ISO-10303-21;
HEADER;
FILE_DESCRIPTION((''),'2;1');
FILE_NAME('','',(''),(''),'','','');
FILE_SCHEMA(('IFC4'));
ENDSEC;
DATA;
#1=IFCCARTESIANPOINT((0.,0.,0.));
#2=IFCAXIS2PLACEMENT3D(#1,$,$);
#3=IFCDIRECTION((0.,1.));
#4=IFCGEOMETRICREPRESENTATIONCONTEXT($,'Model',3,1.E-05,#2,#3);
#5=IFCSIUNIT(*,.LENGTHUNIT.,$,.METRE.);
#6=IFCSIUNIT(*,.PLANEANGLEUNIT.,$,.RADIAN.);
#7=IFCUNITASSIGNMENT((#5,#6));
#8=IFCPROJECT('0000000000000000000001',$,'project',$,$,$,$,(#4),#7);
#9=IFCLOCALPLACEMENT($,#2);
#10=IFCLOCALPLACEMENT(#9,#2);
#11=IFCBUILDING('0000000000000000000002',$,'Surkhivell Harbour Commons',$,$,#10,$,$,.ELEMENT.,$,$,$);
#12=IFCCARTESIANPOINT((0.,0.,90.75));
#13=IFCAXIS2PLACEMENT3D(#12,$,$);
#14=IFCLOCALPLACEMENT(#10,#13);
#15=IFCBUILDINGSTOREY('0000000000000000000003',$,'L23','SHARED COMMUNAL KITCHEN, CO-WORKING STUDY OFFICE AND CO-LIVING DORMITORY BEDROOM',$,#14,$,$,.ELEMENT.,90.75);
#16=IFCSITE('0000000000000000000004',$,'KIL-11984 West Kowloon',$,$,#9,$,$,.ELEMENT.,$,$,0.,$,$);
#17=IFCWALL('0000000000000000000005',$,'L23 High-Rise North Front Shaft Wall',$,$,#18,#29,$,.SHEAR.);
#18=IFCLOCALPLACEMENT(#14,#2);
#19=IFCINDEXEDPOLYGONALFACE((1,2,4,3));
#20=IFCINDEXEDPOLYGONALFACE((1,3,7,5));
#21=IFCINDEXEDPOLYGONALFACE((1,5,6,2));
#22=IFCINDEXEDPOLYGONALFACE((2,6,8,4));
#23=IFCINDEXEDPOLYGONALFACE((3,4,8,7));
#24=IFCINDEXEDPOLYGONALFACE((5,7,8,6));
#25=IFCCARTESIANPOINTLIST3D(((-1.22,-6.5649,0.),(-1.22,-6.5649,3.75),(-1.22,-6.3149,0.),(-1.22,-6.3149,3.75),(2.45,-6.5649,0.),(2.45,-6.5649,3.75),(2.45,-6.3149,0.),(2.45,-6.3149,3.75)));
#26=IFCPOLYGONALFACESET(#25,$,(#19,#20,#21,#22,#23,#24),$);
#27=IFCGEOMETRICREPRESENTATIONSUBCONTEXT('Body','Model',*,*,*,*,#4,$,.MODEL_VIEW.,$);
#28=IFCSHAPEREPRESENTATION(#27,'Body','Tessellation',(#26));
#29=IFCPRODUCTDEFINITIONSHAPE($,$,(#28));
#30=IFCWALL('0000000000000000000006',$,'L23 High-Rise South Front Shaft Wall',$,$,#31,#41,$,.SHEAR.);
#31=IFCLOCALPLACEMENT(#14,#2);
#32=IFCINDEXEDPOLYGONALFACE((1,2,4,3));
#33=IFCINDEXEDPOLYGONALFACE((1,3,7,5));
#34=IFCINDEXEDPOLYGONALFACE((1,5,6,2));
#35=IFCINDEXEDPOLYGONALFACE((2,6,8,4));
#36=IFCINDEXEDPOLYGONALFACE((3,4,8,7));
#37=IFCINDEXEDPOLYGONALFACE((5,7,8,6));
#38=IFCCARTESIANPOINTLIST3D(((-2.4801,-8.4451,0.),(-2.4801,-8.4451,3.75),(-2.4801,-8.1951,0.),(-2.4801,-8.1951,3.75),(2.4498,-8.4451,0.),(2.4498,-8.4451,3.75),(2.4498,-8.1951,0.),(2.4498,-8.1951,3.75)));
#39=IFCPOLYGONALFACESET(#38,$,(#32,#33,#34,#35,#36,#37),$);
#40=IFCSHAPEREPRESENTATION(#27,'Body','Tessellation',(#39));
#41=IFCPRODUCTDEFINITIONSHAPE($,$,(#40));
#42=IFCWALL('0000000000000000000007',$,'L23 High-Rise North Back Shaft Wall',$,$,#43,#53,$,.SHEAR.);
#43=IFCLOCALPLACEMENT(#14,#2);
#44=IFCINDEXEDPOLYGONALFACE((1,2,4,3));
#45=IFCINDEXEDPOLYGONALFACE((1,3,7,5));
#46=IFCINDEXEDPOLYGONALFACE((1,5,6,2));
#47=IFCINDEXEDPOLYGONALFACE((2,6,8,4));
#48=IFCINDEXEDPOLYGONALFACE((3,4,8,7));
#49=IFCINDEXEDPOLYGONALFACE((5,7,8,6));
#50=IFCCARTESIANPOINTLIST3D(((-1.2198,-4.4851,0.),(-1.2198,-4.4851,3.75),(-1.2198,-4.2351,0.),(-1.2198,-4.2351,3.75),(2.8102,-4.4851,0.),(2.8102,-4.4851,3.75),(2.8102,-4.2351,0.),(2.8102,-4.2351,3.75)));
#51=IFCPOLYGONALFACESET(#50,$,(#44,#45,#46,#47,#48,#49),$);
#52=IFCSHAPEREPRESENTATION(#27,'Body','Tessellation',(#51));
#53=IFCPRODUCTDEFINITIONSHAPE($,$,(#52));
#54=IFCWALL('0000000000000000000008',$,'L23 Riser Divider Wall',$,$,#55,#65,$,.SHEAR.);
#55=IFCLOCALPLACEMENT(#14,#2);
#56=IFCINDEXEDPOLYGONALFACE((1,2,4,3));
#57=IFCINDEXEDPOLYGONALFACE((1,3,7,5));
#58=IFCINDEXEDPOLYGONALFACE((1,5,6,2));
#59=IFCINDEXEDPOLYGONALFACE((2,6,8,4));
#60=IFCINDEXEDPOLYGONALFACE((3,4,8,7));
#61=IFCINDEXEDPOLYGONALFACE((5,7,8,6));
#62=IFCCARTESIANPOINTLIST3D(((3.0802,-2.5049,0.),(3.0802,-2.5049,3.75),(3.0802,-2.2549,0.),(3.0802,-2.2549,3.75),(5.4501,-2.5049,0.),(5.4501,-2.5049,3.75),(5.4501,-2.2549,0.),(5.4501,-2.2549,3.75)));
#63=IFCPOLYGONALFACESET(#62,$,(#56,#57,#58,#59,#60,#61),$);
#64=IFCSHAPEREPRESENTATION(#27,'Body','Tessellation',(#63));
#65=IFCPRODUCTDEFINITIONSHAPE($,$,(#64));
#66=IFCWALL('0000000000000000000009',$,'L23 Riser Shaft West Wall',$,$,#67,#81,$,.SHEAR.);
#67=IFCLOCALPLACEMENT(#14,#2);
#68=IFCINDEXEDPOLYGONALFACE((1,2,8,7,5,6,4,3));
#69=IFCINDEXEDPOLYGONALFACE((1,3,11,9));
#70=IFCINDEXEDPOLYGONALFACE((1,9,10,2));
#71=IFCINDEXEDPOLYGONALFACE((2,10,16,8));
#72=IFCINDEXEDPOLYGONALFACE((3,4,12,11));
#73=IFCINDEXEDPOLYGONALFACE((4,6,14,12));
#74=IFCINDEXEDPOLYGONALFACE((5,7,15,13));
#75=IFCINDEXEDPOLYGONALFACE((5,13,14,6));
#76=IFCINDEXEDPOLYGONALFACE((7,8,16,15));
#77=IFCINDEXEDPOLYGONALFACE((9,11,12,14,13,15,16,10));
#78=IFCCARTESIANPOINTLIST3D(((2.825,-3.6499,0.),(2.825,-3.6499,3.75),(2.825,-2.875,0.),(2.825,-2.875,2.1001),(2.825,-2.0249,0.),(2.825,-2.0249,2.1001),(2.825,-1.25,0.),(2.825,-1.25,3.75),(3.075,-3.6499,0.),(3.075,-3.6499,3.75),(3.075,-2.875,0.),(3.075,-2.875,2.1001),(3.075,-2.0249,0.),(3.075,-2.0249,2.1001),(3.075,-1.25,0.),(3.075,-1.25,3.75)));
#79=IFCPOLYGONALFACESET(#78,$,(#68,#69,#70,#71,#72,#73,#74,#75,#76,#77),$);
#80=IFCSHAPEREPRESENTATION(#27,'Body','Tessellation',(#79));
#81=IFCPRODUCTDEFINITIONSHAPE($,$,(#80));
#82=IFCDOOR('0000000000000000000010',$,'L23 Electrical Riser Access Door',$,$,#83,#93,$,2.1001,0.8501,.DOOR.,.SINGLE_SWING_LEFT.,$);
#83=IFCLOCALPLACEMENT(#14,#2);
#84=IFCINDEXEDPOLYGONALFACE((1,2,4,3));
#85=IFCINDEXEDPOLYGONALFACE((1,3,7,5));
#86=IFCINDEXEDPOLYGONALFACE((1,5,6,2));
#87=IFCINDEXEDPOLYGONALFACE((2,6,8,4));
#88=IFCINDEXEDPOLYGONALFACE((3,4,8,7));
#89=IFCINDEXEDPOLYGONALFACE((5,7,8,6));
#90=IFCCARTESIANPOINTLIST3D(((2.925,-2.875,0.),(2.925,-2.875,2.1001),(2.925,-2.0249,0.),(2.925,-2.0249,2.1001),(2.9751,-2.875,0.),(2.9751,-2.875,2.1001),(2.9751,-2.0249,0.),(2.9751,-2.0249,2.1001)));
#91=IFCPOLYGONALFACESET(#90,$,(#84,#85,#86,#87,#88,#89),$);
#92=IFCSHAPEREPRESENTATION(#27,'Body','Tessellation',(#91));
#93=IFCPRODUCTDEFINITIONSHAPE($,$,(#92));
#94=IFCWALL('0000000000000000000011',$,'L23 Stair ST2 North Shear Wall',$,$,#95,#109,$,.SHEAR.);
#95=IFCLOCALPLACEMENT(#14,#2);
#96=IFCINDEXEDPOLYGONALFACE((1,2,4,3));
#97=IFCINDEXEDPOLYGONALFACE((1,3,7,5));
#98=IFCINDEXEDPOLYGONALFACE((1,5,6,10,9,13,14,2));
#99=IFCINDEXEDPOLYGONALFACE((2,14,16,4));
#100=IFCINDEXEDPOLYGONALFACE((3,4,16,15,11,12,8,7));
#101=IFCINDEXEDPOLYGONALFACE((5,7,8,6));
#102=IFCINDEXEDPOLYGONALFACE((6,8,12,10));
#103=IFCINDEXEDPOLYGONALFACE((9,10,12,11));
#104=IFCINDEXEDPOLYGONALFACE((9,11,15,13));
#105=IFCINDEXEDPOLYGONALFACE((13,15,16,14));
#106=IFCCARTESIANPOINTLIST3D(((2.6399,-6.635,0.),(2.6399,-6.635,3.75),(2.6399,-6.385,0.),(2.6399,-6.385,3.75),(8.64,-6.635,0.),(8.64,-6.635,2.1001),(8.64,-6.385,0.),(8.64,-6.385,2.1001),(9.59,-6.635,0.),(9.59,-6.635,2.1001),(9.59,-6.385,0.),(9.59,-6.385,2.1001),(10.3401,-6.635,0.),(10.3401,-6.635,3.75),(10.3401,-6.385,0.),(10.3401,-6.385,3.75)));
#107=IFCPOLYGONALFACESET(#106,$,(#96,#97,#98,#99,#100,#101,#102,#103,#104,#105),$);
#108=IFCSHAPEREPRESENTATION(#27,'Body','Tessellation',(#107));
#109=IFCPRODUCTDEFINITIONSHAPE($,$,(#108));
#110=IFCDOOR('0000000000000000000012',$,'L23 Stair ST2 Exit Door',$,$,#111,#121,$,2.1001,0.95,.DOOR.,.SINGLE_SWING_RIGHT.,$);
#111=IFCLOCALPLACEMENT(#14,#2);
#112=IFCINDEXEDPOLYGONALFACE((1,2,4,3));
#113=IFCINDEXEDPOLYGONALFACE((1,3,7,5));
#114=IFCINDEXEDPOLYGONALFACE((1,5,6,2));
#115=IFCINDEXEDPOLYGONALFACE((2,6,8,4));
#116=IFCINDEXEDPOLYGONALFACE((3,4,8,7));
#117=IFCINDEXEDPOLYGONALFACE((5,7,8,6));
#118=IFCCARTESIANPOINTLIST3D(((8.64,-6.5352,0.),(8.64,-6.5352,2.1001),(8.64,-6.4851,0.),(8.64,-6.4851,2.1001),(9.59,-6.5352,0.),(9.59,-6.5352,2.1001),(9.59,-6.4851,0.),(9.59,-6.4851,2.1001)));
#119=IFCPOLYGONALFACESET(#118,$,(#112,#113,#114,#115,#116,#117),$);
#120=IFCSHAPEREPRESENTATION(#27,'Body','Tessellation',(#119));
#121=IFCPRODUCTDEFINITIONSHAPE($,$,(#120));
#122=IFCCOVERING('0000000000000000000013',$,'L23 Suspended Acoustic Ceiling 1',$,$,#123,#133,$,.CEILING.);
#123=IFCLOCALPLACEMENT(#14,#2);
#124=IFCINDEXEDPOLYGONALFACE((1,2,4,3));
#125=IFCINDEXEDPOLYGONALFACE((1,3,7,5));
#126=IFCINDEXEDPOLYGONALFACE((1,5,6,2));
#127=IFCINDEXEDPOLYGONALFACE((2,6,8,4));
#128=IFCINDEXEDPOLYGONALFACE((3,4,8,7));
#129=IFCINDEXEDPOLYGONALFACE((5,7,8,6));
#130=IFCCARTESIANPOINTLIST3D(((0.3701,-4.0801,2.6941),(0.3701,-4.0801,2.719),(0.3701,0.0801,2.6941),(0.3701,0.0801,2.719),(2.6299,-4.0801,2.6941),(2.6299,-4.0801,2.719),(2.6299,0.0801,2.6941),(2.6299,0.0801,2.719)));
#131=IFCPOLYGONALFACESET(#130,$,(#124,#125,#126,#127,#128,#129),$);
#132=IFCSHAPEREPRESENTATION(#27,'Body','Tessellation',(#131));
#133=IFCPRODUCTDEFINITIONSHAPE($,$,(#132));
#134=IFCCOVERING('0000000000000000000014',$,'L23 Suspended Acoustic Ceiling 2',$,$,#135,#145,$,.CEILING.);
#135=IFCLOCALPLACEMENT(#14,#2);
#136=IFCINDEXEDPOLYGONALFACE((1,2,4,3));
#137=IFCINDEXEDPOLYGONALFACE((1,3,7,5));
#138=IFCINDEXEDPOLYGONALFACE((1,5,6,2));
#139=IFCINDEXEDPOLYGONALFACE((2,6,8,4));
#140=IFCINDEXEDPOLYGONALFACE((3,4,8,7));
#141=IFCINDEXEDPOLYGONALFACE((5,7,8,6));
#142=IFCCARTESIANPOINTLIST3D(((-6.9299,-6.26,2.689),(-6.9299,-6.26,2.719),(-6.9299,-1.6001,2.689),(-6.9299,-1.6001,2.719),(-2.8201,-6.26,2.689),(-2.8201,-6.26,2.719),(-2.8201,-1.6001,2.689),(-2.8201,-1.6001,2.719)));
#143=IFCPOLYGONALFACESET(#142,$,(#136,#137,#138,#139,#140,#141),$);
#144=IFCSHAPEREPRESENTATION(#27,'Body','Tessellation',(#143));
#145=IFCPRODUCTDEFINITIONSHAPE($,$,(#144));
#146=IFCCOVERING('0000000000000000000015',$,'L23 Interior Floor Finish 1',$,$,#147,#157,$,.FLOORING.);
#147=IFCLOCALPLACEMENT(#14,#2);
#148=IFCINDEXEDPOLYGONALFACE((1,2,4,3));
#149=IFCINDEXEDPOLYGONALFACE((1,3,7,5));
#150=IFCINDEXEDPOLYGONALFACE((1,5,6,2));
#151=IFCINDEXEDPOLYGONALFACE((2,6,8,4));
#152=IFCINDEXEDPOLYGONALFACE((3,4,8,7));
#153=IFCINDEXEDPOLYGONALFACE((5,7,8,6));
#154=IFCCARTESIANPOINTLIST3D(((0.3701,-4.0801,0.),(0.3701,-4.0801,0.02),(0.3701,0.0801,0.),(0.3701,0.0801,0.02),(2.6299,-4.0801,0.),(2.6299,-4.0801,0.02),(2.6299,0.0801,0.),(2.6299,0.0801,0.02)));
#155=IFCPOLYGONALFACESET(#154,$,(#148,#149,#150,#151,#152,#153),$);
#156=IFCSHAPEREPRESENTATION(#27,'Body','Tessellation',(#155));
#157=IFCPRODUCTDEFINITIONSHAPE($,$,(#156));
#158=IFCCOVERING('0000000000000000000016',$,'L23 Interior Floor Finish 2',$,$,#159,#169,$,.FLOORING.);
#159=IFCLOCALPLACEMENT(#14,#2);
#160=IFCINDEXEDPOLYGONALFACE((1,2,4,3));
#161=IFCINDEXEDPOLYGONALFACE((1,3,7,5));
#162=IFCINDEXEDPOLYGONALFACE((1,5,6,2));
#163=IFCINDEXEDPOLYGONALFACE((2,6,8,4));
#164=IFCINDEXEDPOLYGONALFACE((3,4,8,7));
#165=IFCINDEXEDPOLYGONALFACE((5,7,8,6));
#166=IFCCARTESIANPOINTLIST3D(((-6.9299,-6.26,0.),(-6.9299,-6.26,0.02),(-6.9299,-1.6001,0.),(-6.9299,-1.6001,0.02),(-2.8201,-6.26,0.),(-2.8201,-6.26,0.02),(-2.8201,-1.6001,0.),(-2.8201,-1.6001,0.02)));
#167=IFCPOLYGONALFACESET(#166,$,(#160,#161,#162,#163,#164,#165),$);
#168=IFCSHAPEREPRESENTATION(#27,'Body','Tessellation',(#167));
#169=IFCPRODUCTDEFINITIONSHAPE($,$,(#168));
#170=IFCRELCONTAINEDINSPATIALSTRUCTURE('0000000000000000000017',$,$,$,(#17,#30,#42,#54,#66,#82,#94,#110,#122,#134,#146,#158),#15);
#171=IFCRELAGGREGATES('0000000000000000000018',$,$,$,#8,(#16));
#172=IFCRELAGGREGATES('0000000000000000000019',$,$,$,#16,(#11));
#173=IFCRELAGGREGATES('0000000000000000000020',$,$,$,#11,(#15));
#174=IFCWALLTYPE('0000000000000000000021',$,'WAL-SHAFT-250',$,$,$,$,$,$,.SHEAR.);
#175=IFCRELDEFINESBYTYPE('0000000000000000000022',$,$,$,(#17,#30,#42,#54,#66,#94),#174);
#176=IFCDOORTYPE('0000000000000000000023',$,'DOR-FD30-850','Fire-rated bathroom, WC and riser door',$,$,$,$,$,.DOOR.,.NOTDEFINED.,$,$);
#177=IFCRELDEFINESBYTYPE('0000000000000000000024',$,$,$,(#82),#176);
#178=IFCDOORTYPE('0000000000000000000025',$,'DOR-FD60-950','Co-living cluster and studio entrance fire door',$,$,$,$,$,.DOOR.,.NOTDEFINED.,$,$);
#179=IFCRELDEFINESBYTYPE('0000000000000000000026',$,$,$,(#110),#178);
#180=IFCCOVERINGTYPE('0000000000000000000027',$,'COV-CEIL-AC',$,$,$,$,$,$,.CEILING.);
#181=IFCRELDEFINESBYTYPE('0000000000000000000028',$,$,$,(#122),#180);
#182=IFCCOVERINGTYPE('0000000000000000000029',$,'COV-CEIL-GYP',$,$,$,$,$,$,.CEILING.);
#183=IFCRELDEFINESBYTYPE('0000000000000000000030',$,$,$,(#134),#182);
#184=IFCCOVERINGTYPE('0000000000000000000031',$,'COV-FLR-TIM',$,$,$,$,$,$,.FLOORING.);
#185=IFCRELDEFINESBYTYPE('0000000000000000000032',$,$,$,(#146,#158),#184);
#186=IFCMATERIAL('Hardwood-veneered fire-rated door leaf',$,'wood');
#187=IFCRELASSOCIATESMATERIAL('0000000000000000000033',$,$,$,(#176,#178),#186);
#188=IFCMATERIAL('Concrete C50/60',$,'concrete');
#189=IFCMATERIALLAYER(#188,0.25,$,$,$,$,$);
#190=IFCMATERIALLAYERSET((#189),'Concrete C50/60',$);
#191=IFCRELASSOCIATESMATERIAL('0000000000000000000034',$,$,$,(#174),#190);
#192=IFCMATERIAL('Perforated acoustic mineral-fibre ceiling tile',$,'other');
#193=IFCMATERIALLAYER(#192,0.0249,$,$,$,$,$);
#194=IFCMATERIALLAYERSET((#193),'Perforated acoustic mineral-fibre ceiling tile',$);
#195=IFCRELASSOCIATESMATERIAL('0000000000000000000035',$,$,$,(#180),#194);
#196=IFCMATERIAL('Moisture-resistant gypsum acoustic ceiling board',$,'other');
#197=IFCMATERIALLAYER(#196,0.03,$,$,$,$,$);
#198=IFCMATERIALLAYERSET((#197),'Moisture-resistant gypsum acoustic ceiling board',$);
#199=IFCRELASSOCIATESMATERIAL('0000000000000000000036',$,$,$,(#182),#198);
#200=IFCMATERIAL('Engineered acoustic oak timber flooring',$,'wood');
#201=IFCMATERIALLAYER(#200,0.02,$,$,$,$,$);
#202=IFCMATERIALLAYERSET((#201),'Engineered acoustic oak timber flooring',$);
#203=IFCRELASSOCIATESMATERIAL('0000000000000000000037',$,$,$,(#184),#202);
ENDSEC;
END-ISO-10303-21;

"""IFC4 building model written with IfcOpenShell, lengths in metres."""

from ifc_helpers import new_model, si_unit, direction, frame, frame_2d, origin, place, context, subcontext, project, spatial, polyline, rectangle, outline, extrude, material, layer, layer_set, type_object, element, fill, save


model = new_model("IFC4")

# Units and contexts
model_context = context("Model", 3, precision=1e-05, world=origin(), true_north=direction((0.0, 1.0)))
body_context = subcontext(model_context, "Body", "Model", "MODEL_VIEW")
ifc_project = project(units=[si_unit("LENGTHUNIT", "METRE"), si_unit("PLANEANGLEUNIT", "RADIAN")], contexts=[model_context])

# Site, building, storey
site_placement = place(None, origin())
site = spatial("IfcSite", under=ifc_project, at=site_placement, Name="KIL-11984 West Kowloon", CompositionType="ELEMENT", RefElevation=0.0)
building_placement = place(site_placement, origin())
building = spatial("IfcBuilding", under=site, at=building_placement, Name="Surkhivell Harbour Commons", CompositionType="ELEMENT")
storey_placement = place(building_placement, frame((0.0, 0.0, 90.75)))
storey = spatial("IfcBuildingStorey", under=building, at=storey_placement, Name="L23", Description="SHARED COMMUNAL KITCHEN, CO-WORKING STUDY OFFICE AND CO-LIVING DORMITORY BEDROOM", CompositionType="ELEMENT", Elevation=90.75)

# Shared definitions
ifc_material_1 = material(Name="Hardwood-veneered fire-rated door leaf", Category="wood")
door_type_1 = type_object("IfcDoorType", Name="DOR-FD30-850", Description="Fire-rated bathroom, WC and riser door", OperationType="NOTDEFINED", PredefinedType="DOOR", material=ifc_material_1)

# Walls
ifc_material_2 = material(Name="Concrete C50/60", Category="concrete")
ifc_layer_1 = layer(ifc_material_2, 0.25)
ifc_layer_set_1 = layer_set([ifc_layer_1], Name="Concrete C50/60")
wall_type_1 = type_object("IfcWallType", Name="WAL-SHAFT-250", PredefinedType="SHEAR", material=ifc_layer_set_1)
wall_1_placement = place(storey_placement, frame((-1.22, -6.4399, 0.0), z_axis=(0.0, 0.0, 1.0), x_axis=(1.0, 0.0, 0.0)))
element("IfcWall", 1, at=wall_1_placement, inside=storey, type_object=wall_type_1, Name="L23 High-Rise North Front Shaft Wall", PredefinedType="SHEAR", context=body_context, shape_type="SweptSolid", body=[
    extrude(rectangle(XDim=3.6699, YDim=0.25, at=frame_2d((1.835, 0.0))), origin(), (0.0, 0.0, 1.0), 3.75),
])
wall_2_placement = place(storey_placement, frame((-2.48, -8.3201, 0.0), z_axis=(0.0, 0.0, 1.0), x_axis=(1.0, 0.0, 0.0)))
element("IfcWall", 2, at=wall_2_placement, inside=storey, type_object=wall_type_1, Name="L23 High-Rise South Front Shaft Wall", PredefinedType="SHEAR", context=body_context, shape_type="SweptSolid", body=[
    extrude(rectangle(XDim=4.9299, YDim=0.25, at=frame_2d((2.4648, 0.0))), origin(), (0.0, 0.0, 1.0), 3.75),
])
wall_3_placement = place(storey_placement, frame((-1.22, -4.3601, 0.0), z_axis=(0.0, 0.0, 1.0), x_axis=(1.0, 0.0, 0.0)))
element("IfcWall", 3, at=wall_3_placement, inside=storey, type_object=wall_type_1, Name="L23 High-Rise North Back Shaft Wall", PredefinedType="SHEAR", context=body_context, shape_type="SweptSolid", body=[
    extrude(rectangle(XDim=4.03, YDim=0.25, at=frame_2d((2.0151, 0.0))), origin(), (0.0, 0.0, 1.0), 3.75),
])
wall_4_placement = place(storey_placement, frame((3.0801, -2.3799, 0.0), z_axis=(0.0, 0.0, 1.0), x_axis=(1.0, 0.0, 0.0)))
element("IfcWall", 4, at=wall_4_placement, inside=storey, type_object=wall_type_1, Name="L23 Riser Divider Wall", PredefinedType="SHEAR", context=body_context, shape_type="SweptSolid", body=[
    extrude(rectangle(XDim=2.3699, YDim=0.25, at=frame_2d((1.1851, 0.0))), origin(), (0.0, 0.0, 1.0), 3.75),
])

# Walls, openings, doors
wall_5_placement = place(storey_placement, frame((2.95, -3.6499, 0.0), z_axis=(0.0, 0.0, 1.0), x_axis=(0.0, 1.0, 0.0)))
wall_5 = element("IfcWall", 5, at=wall_5_placement, inside=storey, type_object=wall_type_1, Name="L23 Riser Shaft West Wall", PredefinedType="SHEAR", context=body_context, shape_type="SweptSolid", body=[
    extrude(rectangle(XDim=2.3999, YDim=0.25, at=frame_2d((1.2, 0.0))), origin(), (0.0, 0.0, 1.0), 3.75),
])
opening_1_placement = place(wall_5_placement, frame((0.7749, 0.0, 0.0)))
opening_1 = element("IfcOpeningElement", 6, at=opening_1_placement, cuts=wall_5, PredefinedType="OPENING", context=body_context, shape_type="SweptSolid", body=[
    extrude(rectangle(XDim=0.8501, YDim=2.1001, at=frame_2d((0.425, 1.05))), frame((0.0, 0.135, 0.0), z_axis=(0.0, -1.0, 0.0), x_axis=(1.0, 0.0, 0.0)), (0.0, 0.0, 1.0), 0.27),
])
door_1_placement = place(opening_1_placement, origin())
door_1 = element("IfcDoor", 7, at=door_1_placement, inside=storey, type_object=door_type_1, Name="L23 Electrical Riser Access Door", OperationType="SINGLE_SWING_LEFT", OverallHeight=2.1001, OverallWidth=0.8501, PredefinedType="DOOR", context=body_context, shape_type="SweptSolid", body=[
    extrude(rectangle(XDim=0.8501, YDim=2.1001, at=frame_2d((0.425, 1.05))), frame((0.0, 0.0249, 0.0), z_axis=(0.0, -1.0, 0.0), x_axis=(1.0, 0.0, 0.0)), (0.0, 0.0, 1.0), 0.05),
])
fill(opening_1, door_1)
wall_6_placement = place(storey_placement, frame((2.6399, -6.51, 0.0), z_axis=(0.0, 0.0, 1.0), x_axis=(1.0, 0.0, 0.0)))
wall_6 = element("IfcWall", 8, at=wall_6_placement, inside=storey, type_object=wall_type_1, Name="L23 Stair ST2 North Shear Wall", PredefinedType="SHEAR", context=body_context, shape_type="SweptSolid", body=[
    extrude(rectangle(XDim=7.7002, YDim=0.25, at=frame_2d((3.8501, 0.0))), origin(), (0.0, 0.0, 1.0), 3.75),
])
opening_2_placement = place(wall_6_placement, frame((6.0, 0.0, 0.0)))
opening_2 = element("IfcOpeningElement", 9, at=opening_2_placement, cuts=wall_6, PredefinedType="OPENING", context=body_context, shape_type="SweptSolid", body=[
    extrude(rectangle(XDim=0.95, YDim=2.1001, at=frame_2d((0.4751, 1.05))), frame((0.0, 0.135, 0.0), z_axis=(0.0, -1.0, 0.0), x_axis=(1.0, 0.0, 0.0)), (0.0, 0.0, 1.0), 0.27),
])
door_type_2 = type_object("IfcDoorType", Name="DOR-FD60-950", Description="Co-living cluster and studio entrance fire door", OperationType="NOTDEFINED", PredefinedType="DOOR", material=ifc_material_1)
door_2_placement = place(opening_2_placement, origin())
door_2 = element("IfcDoor", 10, at=door_2_placement, inside=storey, type_object=door_type_2, Name="L23 Stair ST2 Exit Door", OperationType="SINGLE_SWING_RIGHT", OverallHeight=2.1001, OverallWidth=0.95, PredefinedType="DOOR", context=body_context, shape_type="SweptSolid", body=[
    extrude(rectangle(XDim=0.95, YDim=2.1001, at=frame_2d((0.4751, 1.05))), frame((0.0, 0.0249, 0.0), z_axis=(0.0, -1.0, 0.0), x_axis=(1.0, 0.0, 0.0)), (0.0, 0.0, 1.0), 0.05),
])
fill(opening_2, door_2)

# Coverings
ifc_material_3 = material(Name="Perforated acoustic mineral-fibre ceiling tile", Category="other")
ifc_layer_2 = layer(ifc_material_3, 0.0249)
ifc_layer_set_2 = layer_set([ifc_layer_2], Name="Perforated acoustic mineral-fibre ceiling tile")
covering_type_1 = type_object("IfcCoveringType", Name="COV-CEIL-AC", PredefinedType="CEILING", material=ifc_layer_set_2)
covering_1_placement = place(storey_placement, frame((0.0, 0.0, 2.6941)))
element("IfcCovering", 11, at=covering_1_placement, inside=storey, type_object=covering_type_1, Name="L23 Suspended Acoustic Ceiling 1", PredefinedType="CEILING", context=body_context, shape_type="SweptSolid", body=[
    extrude(outline(polyline([(0.3701, -4.0801), (2.6299, -4.0801), (2.6299, 0.0801), (0.3701, 0.0801), (0.3701, -4.0801)])), origin(), (0.0, 0.0, 1.0), 0.0249),
])
ifc_material_4 = material(Name="Moisture-resistant gypsum acoustic ceiling board", Category="other")
ifc_layer_3 = layer(ifc_material_4, 0.03)
ifc_layer_set_3 = layer_set([ifc_layer_3], Name="Moisture-resistant gypsum acoustic ceiling board")
covering_type_2 = type_object("IfcCoveringType", Name="COV-CEIL-GYP", PredefinedType="CEILING", material=ifc_layer_set_3)
covering_2_placement = place(storey_placement, frame((0.0, 0.0, 2.689)))
element("IfcCovering", 12, at=covering_2_placement, inside=storey, type_object=covering_type_2, Name="L23 Suspended Acoustic Ceiling 2", PredefinedType="CEILING", context=body_context, shape_type="SweptSolid", body=[
    extrude(outline(polyline([(-6.9299, -6.26), (-2.8201, -6.26), (-2.8201, -1.6001), (-6.9299, -1.6001), (-6.9299, -6.26)])), origin(), (0.0, 0.0, 1.0), 0.03),
])
ifc_material_5 = material(Name="Engineered acoustic oak timber flooring", Category="wood")
ifc_layer_4 = layer(ifc_material_5, 0.02)
ifc_layer_set_4 = layer_set([ifc_layer_4], Name="Engineered acoustic oak timber flooring")
covering_type_3 = type_object("IfcCoveringType", Name="COV-FLR-TIM", PredefinedType="FLOORING", material=ifc_layer_set_4)
covering_3_placement = place(storey_placement, origin())
element("IfcCovering", 13, at=covering_3_placement, inside=storey, type_object=covering_type_3, Name="L23 Interior Floor Finish 1", PredefinedType="FLOORING", context=body_context, shape_type="SweptSolid", body=[
    extrude(outline(polyline([(0.3701, -4.0801), (2.6299, -4.0801), (2.6299, 0.0801), (0.3701, 0.0801), (0.3701, -4.0801)])), origin(), (0.0, 0.0, 1.0), 0.02),
])
covering_4_placement = place(storey_placement, origin())
element("IfcCovering", 14, at=covering_4_placement, inside=storey, type_object=covering_type_3, Name="L23 Interior Floor Finish 2", PredefinedType="FLOORING", context=body_context, shape_type="SweptSolid", body=[
    extrude(outline(polyline([(-6.9299, -6.26), (-2.8201, -6.26), (-2.8201, -1.6001), (-6.9299, -1.6001), (-6.9299, -6.26)])), origin(), (0.0, 0.0, 1.0), 0.02),
])

save(model, "model.ifc")
